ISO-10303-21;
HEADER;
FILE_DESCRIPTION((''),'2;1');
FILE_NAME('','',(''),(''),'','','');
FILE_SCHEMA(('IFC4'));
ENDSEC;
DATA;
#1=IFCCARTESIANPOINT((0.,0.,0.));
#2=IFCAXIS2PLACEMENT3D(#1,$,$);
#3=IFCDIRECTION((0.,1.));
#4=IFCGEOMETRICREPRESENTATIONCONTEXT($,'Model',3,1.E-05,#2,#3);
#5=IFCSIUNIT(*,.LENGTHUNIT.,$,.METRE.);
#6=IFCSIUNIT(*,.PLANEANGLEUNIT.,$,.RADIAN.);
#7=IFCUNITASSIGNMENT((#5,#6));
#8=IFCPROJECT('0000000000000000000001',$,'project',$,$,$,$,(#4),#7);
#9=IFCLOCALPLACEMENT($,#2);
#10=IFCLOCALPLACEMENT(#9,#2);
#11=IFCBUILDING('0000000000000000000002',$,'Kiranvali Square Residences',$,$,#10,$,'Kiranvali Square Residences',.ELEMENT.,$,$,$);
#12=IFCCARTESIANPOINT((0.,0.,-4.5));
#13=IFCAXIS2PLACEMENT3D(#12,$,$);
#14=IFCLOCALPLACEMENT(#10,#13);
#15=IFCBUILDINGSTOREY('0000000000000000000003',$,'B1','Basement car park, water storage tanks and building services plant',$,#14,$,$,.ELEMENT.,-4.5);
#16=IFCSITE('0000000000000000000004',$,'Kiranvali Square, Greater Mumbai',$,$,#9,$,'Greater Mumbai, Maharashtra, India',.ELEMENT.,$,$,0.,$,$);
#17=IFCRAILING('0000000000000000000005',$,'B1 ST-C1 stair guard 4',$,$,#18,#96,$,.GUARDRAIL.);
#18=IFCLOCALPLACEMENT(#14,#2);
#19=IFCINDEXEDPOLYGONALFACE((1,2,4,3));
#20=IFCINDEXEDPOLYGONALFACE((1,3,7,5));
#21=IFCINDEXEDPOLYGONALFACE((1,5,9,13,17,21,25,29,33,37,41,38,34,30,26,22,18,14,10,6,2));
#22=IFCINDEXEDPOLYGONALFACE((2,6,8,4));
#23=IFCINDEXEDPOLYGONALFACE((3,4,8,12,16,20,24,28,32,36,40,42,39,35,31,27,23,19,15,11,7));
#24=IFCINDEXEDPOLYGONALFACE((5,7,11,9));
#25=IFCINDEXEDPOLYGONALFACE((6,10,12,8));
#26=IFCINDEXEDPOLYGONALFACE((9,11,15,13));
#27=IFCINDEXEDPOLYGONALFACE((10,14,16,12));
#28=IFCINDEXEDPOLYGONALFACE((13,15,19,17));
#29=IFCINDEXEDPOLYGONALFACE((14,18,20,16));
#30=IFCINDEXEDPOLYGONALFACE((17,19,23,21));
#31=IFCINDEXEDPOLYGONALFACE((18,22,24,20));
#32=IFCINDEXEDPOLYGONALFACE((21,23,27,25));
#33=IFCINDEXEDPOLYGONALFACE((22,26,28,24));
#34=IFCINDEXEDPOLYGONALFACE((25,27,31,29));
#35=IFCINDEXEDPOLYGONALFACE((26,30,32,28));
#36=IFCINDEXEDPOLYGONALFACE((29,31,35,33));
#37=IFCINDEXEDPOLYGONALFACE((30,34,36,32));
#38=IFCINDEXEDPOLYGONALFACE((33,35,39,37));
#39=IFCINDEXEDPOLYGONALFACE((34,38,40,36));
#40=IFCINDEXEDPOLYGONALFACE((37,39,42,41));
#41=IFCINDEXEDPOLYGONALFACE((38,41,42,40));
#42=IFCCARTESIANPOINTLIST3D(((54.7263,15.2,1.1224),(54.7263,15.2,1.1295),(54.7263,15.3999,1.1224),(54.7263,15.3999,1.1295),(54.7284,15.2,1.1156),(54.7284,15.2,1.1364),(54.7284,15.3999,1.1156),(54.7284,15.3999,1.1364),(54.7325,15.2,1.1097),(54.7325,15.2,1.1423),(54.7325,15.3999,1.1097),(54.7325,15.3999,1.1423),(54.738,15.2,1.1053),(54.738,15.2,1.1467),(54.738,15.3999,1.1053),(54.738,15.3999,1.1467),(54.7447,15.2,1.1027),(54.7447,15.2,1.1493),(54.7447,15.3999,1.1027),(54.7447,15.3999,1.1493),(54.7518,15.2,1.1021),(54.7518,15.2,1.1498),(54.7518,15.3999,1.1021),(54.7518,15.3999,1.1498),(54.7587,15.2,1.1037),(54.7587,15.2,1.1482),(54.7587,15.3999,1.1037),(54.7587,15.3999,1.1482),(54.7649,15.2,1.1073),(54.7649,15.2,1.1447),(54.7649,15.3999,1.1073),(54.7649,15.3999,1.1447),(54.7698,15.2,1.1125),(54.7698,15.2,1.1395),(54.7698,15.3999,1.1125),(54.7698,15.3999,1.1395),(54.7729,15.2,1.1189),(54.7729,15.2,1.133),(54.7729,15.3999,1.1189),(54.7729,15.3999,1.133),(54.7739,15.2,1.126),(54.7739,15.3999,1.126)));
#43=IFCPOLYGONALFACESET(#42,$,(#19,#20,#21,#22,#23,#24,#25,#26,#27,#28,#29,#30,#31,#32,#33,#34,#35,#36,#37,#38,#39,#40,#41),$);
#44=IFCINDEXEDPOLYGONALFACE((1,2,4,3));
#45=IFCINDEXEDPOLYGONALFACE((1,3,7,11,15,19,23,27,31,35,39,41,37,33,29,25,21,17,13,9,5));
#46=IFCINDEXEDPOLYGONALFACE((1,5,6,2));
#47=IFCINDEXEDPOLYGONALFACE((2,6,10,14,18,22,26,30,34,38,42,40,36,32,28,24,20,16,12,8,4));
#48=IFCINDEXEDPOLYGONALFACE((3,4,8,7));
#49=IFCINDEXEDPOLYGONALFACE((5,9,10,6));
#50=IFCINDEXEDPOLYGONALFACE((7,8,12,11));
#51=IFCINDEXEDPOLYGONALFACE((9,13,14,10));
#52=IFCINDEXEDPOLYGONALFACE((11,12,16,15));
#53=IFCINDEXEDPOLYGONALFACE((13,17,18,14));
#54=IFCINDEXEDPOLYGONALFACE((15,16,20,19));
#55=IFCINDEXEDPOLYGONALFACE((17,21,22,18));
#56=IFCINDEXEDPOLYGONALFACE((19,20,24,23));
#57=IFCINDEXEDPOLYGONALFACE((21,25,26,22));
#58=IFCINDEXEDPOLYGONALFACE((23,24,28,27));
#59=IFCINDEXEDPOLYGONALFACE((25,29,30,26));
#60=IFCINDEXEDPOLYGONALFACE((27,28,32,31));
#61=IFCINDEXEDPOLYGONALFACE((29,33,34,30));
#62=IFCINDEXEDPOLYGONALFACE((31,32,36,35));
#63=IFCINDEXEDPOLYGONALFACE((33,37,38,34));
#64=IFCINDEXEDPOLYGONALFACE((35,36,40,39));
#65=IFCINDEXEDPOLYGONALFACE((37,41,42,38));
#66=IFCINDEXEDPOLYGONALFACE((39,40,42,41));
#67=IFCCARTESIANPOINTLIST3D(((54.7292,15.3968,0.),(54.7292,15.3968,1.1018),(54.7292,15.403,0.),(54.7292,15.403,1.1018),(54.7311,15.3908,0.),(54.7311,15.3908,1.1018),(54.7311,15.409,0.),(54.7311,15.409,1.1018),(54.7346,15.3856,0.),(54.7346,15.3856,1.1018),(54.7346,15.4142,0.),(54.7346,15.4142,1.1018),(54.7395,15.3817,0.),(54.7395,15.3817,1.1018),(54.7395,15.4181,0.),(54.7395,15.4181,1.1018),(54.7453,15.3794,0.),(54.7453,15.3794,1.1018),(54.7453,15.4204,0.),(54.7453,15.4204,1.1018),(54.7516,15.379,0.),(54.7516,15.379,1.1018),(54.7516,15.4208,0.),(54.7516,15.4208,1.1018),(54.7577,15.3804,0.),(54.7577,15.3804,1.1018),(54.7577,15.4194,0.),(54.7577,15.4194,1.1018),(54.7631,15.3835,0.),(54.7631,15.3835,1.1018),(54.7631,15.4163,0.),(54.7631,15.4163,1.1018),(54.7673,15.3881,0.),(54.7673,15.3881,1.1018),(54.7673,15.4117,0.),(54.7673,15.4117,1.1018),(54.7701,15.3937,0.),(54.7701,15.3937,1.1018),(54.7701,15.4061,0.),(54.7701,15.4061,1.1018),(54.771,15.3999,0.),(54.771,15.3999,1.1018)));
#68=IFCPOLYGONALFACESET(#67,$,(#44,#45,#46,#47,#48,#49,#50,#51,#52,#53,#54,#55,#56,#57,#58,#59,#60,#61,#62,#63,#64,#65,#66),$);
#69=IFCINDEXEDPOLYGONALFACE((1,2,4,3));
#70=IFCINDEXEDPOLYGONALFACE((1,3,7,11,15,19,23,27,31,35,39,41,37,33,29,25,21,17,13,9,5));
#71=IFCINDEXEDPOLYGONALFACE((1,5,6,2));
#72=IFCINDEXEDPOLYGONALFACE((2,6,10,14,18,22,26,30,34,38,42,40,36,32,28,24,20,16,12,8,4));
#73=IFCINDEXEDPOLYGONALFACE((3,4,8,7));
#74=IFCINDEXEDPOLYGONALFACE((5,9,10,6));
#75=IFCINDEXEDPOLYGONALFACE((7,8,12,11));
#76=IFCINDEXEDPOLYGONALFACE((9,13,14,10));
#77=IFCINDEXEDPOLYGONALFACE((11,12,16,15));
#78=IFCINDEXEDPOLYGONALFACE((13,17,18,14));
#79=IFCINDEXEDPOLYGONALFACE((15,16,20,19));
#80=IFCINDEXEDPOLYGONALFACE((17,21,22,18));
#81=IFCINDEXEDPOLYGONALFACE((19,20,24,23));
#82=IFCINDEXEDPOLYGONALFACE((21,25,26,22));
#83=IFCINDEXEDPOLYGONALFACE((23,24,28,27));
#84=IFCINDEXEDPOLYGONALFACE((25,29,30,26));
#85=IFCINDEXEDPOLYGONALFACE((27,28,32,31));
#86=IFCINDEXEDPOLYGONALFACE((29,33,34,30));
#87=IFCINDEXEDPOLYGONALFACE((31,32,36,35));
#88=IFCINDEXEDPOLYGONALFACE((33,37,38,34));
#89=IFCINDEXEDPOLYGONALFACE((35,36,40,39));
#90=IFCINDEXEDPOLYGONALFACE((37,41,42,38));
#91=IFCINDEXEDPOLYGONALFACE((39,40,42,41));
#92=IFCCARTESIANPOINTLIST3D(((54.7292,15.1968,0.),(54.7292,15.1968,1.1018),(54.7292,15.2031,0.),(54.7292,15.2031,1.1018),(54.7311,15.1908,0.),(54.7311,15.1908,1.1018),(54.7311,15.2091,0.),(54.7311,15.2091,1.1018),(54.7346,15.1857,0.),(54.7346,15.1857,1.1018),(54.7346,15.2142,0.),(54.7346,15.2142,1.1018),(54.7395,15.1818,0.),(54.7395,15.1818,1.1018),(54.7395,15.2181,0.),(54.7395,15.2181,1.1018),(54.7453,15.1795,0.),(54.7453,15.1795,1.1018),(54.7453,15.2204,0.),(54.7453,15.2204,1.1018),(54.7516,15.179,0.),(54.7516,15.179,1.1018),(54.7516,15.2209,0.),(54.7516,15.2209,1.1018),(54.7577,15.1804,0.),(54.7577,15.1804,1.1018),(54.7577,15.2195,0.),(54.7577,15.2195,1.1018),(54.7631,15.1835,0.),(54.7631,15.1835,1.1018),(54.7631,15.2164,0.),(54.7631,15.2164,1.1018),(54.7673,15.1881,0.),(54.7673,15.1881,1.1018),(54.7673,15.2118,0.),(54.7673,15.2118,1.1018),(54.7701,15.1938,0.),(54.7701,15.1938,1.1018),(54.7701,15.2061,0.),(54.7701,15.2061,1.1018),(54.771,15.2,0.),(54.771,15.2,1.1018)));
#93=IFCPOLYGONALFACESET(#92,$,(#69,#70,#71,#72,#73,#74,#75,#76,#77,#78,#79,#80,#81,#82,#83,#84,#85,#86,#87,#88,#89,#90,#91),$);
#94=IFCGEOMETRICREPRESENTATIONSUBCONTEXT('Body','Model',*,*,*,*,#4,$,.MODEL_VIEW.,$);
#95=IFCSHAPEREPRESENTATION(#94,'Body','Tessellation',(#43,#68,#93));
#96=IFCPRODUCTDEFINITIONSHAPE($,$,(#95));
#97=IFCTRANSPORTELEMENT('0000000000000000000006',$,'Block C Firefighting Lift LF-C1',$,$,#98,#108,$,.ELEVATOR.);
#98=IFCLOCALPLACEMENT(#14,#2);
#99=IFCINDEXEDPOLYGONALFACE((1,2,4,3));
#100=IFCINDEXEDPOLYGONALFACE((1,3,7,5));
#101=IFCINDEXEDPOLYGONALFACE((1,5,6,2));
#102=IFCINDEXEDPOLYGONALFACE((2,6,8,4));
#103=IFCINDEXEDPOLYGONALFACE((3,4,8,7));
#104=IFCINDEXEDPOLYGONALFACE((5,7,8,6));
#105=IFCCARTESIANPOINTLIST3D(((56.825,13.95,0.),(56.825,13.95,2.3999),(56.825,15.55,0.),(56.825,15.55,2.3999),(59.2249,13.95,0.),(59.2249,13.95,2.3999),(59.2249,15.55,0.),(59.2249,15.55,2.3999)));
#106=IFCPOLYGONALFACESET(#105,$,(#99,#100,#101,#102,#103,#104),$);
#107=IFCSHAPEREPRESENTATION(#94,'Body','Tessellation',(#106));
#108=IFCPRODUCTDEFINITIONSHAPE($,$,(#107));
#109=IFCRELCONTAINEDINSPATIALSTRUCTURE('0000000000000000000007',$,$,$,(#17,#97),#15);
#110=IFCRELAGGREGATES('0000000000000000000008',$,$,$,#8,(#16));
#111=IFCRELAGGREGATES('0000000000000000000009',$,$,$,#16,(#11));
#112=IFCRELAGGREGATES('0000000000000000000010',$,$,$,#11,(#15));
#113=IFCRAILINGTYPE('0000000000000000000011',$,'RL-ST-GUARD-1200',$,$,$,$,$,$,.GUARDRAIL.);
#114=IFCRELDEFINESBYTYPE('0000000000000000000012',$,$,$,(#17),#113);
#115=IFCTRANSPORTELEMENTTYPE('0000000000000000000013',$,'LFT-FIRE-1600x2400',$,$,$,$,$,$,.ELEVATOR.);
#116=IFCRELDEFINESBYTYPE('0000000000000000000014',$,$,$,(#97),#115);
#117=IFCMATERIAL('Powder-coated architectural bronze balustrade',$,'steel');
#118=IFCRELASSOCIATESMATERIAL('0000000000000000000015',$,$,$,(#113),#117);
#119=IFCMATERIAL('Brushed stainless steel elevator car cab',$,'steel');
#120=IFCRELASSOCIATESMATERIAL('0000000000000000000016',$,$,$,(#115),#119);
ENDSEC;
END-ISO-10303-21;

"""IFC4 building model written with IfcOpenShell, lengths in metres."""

from ifc_helpers import new_model, si_unit, direction, frame, origin, origin_2d, place, context, subcontext, project, spatial, rectangle, circle, extrude, material, type_object, element, save


model = new_model("IFC4")

# Units and contexts
model_context = context("Model", 3, precision=1e-05, world=origin(), true_north=direction((0.0, 1.0)))
body_context = subcontext(model_context, "Body", "Model", "MODEL_VIEW")
ifc_project = project(units=[si_unit("LENGTHUNIT", "METRE"), si_unit("PLANEANGLEUNIT", "RADIAN")], contexts=[model_context])

# Site, building, storey
site_placement = place(None, origin())
site = spatial("IfcSite", under=ifc_project, at=site_placement, Name="Kiranvali Square, Greater Mumbai", LongName="Greater Mumbai, Maharashtra, India", CompositionType="ELEMENT", RefElevation=0.0)
building_placement = place(site_placement, origin())
building = spatial("IfcBuilding", under=site, at=building_placement, Name="Kiranvali Square Residences", LongName="Kiranvali Square Residences", CompositionType="ELEMENT")
storey_placement = place(building_placement, frame((0.0, 0.0, -4.5)))
storey = spatial("IfcBuildingStorey", under=building, at=storey_placement, Name="B1", Description="Basement car park, water storage tanks and building services plant", CompositionType="ELEMENT", Elevation=-4.5)

# Railing
ifc_material_1 = material(Name="Powder-coated architectural bronze balustrade", Category="steel")
railing_type_1 = type_object("IfcRailingType", Name="RL-ST-GUARD-1200", PredefinedType="GUARDRAIL", material=ifc_material_1)
railing_1_placement = place(storey_placement, frame((54.75, 15.3999, 0.0)))
element("IfcRailing", 1, at=railing_1_placement, inside=storey, type_object=railing_type_1, Name="B1 ST-C1 stair guard 4", PredefinedType="GUARDRAIL", context=body_context, shape_type="SweptSolid", body=[
    extrude(circle(Radius=0.0239, at=origin_2d()), frame((0.0, 0.0, 1.126), z_axis=(0.0, -1.0, 0.0), x_axis=(1.0, 0.0, 0.0)), (0.0, 0.0, 1.0), 0.2),
    extrude(circle(Radius=0.021, at=origin_2d()), origin(), (0.0, 0.0, 1.0), 1.1018),
    extrude(circle(Radius=0.021, at=origin_2d()), frame((0.0, -0.2, 0.0)), (0.0, 0.0, 1.0), 1.1018),
])

# Transport element
ifc_material_2 = material(Name="Brushed stainless steel elevator car cab", Category="steel")
transport_element_type = type_object("IfcTransportElementType", Name="LFT-FIRE-1600x2400", PredefinedType="ELEVATOR", material=ifc_material_2)
transport_element_placement = place(storey_placement, frame((58.0249, 14.75, 0.0), z_axis=(0.0, 0.0, 1.0), x_axis=(1.0, 0.0, 0.0)))
element("IfcTransportElement", 2, at=transport_element_placement, inside=storey, type_object=transport_element_type, Name="Block C Firefighting Lift LF-C1", PredefinedType="ELEVATOR", context=body_context, shape_type="SweptSolid", body=[
    extrude(rectangle(XDim=2.3999, YDim=1.6001, at=origin_2d()), origin(), (0.0, 0.0, 1.0), 2.3999),
])

save(model, "model.ifc")
